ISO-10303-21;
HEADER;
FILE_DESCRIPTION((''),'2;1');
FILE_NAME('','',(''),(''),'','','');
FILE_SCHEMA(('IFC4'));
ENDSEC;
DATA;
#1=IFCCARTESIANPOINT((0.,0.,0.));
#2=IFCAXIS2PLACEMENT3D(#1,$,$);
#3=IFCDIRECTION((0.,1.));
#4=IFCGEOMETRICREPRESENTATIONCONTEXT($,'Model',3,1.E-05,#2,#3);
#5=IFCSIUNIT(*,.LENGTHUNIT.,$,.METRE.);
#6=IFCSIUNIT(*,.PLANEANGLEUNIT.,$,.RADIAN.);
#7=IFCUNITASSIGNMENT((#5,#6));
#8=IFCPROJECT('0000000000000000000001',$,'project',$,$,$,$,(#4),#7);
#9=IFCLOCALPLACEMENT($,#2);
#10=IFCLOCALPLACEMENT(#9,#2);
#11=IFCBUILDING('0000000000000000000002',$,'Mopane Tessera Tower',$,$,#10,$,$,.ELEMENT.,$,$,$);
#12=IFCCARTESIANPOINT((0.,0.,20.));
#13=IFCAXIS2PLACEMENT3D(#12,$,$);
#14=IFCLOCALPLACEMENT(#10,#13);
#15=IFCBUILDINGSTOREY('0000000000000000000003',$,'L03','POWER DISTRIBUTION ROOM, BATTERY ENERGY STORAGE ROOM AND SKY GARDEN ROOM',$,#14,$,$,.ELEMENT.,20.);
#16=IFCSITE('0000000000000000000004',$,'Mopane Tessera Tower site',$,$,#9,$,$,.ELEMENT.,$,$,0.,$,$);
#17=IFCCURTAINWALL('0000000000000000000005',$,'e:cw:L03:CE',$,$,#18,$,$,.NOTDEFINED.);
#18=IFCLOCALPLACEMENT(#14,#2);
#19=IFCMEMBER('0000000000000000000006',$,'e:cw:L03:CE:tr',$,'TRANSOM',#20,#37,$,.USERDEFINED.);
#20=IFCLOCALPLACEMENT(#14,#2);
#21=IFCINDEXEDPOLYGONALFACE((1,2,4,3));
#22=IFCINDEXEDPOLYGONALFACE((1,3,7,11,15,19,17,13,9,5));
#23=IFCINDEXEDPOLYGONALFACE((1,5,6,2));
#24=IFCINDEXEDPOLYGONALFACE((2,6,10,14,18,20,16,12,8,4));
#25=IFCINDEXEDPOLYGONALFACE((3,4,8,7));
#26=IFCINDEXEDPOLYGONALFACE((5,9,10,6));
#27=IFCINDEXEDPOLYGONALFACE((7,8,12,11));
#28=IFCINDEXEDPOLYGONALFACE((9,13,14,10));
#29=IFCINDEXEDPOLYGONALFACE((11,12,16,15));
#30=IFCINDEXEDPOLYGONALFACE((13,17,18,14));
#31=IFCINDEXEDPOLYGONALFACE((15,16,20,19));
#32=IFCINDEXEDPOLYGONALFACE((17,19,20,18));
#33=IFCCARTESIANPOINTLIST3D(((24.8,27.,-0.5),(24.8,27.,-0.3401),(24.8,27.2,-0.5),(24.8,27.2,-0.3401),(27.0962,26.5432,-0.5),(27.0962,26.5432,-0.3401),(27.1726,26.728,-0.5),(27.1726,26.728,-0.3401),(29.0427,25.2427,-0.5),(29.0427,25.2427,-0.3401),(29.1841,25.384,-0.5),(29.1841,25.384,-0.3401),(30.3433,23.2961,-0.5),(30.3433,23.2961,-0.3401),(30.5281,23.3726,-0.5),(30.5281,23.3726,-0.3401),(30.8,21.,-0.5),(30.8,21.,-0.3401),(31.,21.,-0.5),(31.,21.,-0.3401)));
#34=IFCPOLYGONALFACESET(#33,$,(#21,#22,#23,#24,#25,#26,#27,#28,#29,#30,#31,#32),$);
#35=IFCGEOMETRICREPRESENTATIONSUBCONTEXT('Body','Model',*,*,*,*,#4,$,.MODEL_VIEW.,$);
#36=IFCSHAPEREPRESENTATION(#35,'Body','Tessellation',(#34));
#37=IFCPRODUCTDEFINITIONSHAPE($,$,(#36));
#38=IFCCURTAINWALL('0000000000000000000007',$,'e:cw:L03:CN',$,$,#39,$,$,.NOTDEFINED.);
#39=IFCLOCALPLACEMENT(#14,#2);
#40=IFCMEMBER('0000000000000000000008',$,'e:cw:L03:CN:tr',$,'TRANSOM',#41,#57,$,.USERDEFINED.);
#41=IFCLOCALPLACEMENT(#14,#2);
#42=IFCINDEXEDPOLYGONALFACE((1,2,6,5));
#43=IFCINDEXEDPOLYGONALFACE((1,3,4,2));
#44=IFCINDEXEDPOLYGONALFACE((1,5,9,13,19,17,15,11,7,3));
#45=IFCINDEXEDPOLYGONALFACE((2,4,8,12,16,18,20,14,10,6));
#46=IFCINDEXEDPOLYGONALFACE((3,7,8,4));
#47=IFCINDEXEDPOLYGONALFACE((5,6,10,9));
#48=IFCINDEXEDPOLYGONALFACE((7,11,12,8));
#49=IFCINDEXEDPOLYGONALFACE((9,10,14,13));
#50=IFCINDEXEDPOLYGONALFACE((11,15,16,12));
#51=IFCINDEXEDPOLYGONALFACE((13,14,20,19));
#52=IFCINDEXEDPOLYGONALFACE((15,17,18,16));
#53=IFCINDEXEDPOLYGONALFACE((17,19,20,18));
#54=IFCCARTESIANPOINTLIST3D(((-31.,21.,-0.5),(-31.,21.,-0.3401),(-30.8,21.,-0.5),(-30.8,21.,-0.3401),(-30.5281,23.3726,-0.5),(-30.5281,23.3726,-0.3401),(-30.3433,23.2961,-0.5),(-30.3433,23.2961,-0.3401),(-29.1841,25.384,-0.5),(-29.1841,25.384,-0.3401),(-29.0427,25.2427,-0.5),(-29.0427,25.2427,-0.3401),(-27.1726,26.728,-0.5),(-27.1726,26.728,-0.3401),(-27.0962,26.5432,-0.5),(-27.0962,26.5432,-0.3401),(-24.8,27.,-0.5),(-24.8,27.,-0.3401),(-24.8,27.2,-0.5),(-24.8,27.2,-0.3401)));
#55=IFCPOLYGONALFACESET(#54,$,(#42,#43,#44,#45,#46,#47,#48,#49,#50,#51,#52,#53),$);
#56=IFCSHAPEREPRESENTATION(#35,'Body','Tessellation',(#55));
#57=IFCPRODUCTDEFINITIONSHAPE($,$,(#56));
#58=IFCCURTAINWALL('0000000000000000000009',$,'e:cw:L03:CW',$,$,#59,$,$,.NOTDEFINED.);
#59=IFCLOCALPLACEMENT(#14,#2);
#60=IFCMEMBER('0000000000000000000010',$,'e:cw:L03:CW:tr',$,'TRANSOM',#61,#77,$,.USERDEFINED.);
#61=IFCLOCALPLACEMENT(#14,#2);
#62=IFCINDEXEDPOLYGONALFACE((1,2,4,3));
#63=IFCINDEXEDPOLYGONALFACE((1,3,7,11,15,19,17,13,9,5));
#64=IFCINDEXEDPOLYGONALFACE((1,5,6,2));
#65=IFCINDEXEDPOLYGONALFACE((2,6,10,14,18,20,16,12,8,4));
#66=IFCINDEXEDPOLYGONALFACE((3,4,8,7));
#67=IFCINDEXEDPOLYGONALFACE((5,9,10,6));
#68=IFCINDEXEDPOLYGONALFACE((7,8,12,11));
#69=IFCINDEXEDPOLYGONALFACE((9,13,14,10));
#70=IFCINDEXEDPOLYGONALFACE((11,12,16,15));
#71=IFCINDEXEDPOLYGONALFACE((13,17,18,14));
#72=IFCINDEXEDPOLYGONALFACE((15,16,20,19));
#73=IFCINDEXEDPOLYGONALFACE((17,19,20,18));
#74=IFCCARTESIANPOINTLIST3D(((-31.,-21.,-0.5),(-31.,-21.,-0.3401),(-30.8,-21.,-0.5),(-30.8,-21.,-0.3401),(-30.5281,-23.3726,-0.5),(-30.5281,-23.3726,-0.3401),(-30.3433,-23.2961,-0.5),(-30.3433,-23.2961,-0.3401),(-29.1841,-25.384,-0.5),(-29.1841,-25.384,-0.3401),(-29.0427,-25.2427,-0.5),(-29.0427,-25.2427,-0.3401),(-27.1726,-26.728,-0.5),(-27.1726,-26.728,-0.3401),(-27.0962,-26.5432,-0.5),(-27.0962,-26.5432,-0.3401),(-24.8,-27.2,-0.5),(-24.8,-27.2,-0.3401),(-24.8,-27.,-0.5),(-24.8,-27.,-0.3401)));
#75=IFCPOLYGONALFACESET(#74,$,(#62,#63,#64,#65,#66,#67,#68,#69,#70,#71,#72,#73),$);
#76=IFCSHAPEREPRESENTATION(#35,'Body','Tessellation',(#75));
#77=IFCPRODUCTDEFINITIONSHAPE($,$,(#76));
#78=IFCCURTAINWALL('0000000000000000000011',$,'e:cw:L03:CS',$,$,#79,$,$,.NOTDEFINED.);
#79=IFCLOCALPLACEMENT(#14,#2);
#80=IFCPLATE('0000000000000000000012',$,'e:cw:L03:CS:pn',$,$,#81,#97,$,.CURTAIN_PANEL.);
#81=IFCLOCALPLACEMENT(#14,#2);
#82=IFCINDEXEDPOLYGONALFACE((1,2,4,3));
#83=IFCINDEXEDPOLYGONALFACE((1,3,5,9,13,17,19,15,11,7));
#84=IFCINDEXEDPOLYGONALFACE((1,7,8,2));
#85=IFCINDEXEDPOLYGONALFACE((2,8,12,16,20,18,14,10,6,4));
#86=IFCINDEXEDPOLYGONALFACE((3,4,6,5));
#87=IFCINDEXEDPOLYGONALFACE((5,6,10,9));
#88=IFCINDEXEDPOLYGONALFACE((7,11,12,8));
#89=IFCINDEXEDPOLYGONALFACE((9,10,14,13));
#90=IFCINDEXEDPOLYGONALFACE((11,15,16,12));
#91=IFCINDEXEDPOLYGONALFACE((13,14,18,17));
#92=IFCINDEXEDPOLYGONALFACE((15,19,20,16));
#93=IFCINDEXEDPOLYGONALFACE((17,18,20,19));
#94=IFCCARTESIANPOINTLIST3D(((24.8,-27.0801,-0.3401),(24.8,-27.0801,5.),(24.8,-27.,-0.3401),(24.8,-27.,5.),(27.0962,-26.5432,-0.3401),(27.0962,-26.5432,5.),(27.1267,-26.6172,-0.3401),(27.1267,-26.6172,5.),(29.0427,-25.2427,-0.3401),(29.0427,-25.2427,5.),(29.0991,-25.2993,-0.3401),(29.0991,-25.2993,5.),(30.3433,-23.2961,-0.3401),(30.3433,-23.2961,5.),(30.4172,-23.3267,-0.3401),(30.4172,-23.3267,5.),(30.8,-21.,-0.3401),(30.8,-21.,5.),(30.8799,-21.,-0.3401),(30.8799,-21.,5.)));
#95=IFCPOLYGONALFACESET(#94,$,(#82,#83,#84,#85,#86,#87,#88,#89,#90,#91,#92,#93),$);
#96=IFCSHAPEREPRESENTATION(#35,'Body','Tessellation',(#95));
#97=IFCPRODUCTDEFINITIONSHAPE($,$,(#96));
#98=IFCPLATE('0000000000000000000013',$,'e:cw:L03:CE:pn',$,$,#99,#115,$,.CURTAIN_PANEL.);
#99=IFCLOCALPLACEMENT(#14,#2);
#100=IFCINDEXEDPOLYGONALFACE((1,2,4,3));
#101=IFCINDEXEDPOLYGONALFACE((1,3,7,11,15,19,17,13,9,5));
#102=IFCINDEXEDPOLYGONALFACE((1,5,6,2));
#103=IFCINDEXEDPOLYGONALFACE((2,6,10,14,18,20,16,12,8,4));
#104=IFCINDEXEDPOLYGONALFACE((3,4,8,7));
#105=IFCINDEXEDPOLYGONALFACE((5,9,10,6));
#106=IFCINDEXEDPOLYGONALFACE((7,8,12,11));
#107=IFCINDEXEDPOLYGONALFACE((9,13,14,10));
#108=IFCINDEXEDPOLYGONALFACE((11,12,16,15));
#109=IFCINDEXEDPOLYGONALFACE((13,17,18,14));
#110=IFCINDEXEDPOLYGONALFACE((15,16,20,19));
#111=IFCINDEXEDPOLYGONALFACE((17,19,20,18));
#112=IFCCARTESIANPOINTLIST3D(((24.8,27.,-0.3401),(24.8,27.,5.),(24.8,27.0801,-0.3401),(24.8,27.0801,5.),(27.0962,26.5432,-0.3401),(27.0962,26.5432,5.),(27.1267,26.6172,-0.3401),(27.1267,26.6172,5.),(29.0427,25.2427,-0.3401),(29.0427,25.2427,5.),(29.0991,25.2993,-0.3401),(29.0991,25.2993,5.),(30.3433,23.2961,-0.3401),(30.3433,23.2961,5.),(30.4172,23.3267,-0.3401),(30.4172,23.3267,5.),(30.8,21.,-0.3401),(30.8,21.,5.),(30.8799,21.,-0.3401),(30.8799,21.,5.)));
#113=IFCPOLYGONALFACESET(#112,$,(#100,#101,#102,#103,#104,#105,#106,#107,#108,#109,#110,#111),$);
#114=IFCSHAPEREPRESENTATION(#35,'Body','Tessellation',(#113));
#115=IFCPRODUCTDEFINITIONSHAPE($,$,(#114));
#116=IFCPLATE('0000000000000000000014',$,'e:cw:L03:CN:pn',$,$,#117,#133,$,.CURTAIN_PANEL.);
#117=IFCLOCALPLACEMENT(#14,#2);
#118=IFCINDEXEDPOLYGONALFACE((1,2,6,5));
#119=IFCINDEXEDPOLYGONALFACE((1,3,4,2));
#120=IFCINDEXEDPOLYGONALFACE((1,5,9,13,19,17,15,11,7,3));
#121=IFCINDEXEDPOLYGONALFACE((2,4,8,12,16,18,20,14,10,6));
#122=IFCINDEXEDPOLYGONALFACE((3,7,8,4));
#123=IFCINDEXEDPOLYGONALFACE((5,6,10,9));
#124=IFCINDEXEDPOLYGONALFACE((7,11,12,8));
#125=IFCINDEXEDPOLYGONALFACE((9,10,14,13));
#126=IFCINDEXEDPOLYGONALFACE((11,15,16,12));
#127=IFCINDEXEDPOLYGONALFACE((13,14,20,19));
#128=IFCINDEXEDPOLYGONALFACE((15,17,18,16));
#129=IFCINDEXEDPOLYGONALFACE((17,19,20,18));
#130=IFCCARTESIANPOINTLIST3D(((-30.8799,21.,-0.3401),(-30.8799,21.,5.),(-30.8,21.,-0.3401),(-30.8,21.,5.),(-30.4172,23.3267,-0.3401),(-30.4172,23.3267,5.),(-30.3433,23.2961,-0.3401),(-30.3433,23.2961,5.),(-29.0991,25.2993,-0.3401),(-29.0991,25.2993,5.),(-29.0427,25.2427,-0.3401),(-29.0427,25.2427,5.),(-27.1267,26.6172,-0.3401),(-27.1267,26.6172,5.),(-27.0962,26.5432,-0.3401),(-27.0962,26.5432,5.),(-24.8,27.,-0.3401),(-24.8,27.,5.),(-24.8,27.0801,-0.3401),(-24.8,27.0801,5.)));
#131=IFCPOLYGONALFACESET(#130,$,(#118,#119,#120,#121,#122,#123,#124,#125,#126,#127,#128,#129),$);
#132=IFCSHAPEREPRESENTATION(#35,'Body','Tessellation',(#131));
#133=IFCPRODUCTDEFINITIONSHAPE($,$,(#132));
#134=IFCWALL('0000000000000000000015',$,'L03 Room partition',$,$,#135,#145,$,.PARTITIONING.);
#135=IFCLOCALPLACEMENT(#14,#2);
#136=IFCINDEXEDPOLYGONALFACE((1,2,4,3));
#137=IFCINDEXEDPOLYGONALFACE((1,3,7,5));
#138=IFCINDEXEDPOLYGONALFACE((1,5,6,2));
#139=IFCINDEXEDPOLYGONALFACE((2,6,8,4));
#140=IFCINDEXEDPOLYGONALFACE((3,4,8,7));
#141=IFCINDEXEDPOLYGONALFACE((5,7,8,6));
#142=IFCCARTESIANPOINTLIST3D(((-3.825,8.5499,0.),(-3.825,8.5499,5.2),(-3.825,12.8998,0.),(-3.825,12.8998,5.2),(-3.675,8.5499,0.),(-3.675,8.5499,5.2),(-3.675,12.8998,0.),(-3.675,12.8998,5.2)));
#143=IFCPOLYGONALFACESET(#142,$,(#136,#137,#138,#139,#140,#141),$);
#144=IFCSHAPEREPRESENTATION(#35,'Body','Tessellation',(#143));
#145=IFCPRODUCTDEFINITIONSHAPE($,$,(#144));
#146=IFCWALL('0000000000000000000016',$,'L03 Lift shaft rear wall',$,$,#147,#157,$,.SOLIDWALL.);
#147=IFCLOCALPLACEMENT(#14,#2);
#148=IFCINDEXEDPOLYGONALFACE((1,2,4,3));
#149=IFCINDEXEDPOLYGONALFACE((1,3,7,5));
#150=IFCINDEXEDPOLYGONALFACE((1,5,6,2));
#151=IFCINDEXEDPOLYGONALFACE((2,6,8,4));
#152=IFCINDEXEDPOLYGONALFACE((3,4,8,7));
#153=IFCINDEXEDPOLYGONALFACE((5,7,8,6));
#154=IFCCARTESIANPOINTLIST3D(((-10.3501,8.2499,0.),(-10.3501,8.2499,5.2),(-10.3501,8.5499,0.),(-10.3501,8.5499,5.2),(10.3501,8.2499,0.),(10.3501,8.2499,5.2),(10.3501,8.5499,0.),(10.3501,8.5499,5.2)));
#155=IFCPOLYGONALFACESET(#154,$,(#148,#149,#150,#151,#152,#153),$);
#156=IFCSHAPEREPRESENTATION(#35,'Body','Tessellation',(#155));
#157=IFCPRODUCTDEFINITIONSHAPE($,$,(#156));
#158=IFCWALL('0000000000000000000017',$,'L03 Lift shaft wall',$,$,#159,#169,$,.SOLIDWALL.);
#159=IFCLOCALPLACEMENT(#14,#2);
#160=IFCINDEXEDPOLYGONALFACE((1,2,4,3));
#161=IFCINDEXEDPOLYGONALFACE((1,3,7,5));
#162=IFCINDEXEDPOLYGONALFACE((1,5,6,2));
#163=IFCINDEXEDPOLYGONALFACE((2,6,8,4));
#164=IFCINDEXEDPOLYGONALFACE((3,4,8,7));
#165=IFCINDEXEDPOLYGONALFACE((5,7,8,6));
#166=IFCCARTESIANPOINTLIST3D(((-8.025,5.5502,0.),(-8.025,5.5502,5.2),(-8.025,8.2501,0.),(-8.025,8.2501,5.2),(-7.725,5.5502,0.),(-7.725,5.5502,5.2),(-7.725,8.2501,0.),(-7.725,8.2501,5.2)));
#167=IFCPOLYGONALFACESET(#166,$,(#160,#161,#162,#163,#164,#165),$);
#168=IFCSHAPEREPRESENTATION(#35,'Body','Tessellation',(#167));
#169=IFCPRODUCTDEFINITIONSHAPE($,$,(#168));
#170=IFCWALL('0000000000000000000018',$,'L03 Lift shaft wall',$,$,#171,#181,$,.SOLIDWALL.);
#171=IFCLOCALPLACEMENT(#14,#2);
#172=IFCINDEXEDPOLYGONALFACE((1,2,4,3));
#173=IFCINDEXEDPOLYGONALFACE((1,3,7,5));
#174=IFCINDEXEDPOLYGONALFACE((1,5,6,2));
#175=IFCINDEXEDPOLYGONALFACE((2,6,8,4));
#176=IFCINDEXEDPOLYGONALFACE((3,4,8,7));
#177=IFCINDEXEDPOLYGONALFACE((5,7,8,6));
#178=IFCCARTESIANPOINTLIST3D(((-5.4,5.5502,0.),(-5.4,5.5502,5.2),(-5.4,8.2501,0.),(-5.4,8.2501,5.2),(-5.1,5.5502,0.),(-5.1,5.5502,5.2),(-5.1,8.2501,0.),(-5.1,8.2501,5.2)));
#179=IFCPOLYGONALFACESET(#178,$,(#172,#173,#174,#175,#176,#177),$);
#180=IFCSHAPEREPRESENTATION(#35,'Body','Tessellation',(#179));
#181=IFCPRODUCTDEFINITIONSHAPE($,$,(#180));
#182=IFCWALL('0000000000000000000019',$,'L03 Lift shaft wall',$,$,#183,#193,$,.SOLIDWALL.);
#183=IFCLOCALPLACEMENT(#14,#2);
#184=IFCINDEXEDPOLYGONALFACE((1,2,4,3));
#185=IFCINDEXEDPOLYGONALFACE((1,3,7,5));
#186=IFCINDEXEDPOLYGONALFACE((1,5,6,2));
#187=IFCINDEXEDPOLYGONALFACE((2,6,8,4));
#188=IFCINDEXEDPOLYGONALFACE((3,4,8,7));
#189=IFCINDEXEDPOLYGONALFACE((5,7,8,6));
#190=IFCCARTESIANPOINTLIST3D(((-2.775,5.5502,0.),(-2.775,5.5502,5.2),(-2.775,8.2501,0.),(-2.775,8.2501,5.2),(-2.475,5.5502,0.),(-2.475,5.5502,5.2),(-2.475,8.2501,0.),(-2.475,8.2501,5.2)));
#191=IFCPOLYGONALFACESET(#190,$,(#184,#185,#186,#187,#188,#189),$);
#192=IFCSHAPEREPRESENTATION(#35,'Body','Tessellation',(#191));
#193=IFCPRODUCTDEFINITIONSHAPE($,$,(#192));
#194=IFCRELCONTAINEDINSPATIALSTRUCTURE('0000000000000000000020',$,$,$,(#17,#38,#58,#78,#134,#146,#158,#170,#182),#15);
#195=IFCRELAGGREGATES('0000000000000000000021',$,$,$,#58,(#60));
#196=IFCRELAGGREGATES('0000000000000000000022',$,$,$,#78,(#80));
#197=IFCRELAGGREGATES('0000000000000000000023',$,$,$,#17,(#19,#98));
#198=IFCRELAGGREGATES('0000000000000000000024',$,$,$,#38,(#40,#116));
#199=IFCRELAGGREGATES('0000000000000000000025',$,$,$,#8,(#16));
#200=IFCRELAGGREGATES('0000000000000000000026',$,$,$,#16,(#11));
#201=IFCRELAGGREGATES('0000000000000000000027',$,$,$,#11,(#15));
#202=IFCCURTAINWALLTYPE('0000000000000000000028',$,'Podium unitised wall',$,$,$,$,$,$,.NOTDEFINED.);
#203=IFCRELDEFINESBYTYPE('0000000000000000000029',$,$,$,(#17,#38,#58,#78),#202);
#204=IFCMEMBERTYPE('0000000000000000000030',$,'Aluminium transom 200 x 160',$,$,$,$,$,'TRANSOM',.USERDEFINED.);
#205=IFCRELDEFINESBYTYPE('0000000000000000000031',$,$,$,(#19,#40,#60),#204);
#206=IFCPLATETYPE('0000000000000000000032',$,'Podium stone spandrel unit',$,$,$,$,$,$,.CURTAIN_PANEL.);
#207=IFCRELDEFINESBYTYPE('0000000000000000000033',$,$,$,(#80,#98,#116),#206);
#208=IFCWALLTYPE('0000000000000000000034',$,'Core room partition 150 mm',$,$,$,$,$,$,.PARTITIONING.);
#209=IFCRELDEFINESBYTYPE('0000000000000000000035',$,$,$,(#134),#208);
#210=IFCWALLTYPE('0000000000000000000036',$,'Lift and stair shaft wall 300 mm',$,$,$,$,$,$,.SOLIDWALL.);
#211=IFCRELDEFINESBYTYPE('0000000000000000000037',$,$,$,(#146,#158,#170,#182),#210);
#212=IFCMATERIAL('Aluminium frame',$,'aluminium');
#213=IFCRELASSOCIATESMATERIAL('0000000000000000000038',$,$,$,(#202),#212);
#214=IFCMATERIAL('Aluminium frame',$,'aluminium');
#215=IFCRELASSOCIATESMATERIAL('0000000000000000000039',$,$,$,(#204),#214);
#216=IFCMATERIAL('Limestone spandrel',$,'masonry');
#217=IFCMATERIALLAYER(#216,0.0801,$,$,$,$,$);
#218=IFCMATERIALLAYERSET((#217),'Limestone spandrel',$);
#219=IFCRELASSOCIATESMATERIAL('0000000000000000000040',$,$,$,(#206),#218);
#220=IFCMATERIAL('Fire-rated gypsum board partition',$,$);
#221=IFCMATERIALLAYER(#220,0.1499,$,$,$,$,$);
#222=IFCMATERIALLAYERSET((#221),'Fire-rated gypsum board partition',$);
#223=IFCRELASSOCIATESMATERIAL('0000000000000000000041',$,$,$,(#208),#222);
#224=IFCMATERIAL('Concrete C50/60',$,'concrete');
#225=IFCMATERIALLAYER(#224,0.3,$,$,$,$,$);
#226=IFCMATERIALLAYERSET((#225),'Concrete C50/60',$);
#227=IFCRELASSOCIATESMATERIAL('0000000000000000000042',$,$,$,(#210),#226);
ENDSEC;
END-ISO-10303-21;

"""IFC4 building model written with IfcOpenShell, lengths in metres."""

from ifc_helpers import new_model, si_unit, direction, frame, frame_2d, origin, origin_2d, place, context, subcontext, project, spatial, polyline, rectangle, outline, extrude, material, layer, layer_set, material_profile, profile_set, type_object, element, aggregate, save


model = new_model("IFC4")

# Units and contexts
model_context = context("Model", 3, precision=1e-05, world=origin(), true_north=direction((0.0, 1.0)))
body_context = subcontext(model_context, "Body", "Model", "MODEL_VIEW")
ifc_project = project(units=[si_unit("LENGTHUNIT", "METRE"), si_unit("PLANEANGLEUNIT", "RADIAN")], contexts=[model_context])

# Site, building, storey
site_placement = place(None, origin())
site = spatial("IfcSite", under=ifc_project, at=site_placement, Name="Mopane Tessera Tower site", CompositionType="ELEMENT", RefElevation=0.0)
building_placement = place(site_placement, origin())
building = spatial("IfcBuilding", under=site, at=building_placement, Name="Mopane Tessera Tower", CompositionType="ELEMENT")
storey_placement = place(building_placement, frame((0.0, 0.0, 20.0)))
storey = spatial("IfcBuildingStorey", under=building, at=storey_placement, Name="L03", Description="POWER DISTRIBUTION ROOM, BATTERY ENERGY STORAGE ROOM AND SKY GARDEN ROOM", CompositionType="ELEMENT", Elevation=20.0)

# Curtain walls, members
ifc_material_1 = material(Name="Aluminium frame", Category="aluminium")
curtain_wall_type = type_object("IfcCurtainWallType", Name="Podium unitised wall", PredefinedType="NOTDEFINED", material=ifc_material_1)
curtain_wall_1_placement = place(storey_placement, origin())
curtain_wall_1 = element("IfcCurtainWall", 1, at=curtain_wall_1_placement, inside=storey, type_object=curtain_wall_type, Name="e:cw:L03:CE", PredefinedType="NOTDEFINED")
ifc_material_2 = material(Name="Aluminium frame", Category="aluminium")
ifc_material_profile = material_profile(ifc_material_2, rectangle(XDim=0.2, YDim=0.1599, at=origin_2d()))
ifc_profile_set = profile_set([ifc_material_profile], Name="Aluminium frame")
member_type = type_object("IfcMemberType", Name="Aluminium transom 200 x 160", ElementType="TRANSOM", PredefinedType="USERDEFINED", material=ifc_profile_set)
member_1_placement = place(storey_placement, frame((0.0, 0.0, -0.5)))
member_1 = element("IfcMember", 2, at=member_1_placement, type_object=member_type, Name="e:cw:L03:CE:tr", ObjectType="TRANSOM", PredefinedType="USERDEFINED", context=body_context, shape_type="SweptSolid", body=[
    extrude(outline(polyline([(30.8, 21.0), (30.3433, 23.2961), (29.0427, 25.2427), (27.0962, 26.5432), (24.8, 27.0), (24.8, 27.2), (27.1726, 26.728), (29.1841, 25.384), (30.5281, 23.3726), (31.0, 21.0), (30.8, 21.0)])), origin(), (0.0, 0.0, 1.0), 0.1599),
])
curtain_wall_2_placement = place(storey_placement, origin())
curtain_wall_2 = element("IfcCurtainWall", 3, at=curtain_wall_2_placement, inside=storey, type_object=curtain_wall_type, Name="e:cw:L03:CN", PredefinedType="NOTDEFINED")
member_2_placement = place(storey_placement, frame((0.0, 0.0, -0.5)))
member_2 = element("IfcMember", 4, at=member_2_placement, type_object=member_type, Name="e:cw:L03:CN:tr", ObjectType="TRANSOM", PredefinedType="USERDEFINED", context=body_context, shape_type="SweptSolid", body=[
    extrude(outline(polyline([(-24.8, 27.0), (-27.0962, 26.5432), (-29.0427, 25.2427), (-30.3433, 23.2961), (-30.8, 21.0), (-31.0, 21.0), (-30.5281, 23.3726), (-29.1841, 25.384), (-27.1726, 26.728), (-24.8, 27.2), (-24.8, 27.0)])), origin(), (0.0, 0.0, 1.0), 0.1599),
])
curtain_wall_3_placement = place(storey_placement, origin())
curtain_wall_3 = element("IfcCurtainWall", 5, at=curtain_wall_3_placement, inside=storey, type_object=curtain_wall_type, Name="e:cw:L03:CW", PredefinedType="NOTDEFINED")
member_3_placement = place(storey_placement, frame((0.0, 0.0, -0.5)))
member_3 = element("IfcMember", 6, at=member_3_placement, type_object=member_type, Name="e:cw:L03:CW:tr", ObjectType="TRANSOM", PredefinedType="USERDEFINED", context=body_context, shape_type="SweptSolid", body=[
    extrude(outline(polyline([(-30.8, -21.0), (-30.3433, -23.2961), (-29.0427, -25.2427), (-27.0962, -26.5432), (-24.8, -27.0), (-24.8, -27.2), (-27.1726, -26.728), (-29.1841, -25.384), (-30.5281, -23.3726), (-31.0, -21.0), (-30.8, -21.0)])), origin(), (0.0, 0.0, 1.0), 0.1599),
])
aggregate(curtain_wall_3, [member_3])

# Curtain wall, plate
curtain_wall_4_placement = place(storey_placement, origin())
curtain_wall_4 = element("IfcCurtainWall", 7, at=curtain_wall_4_placement, inside=storey, type_object=curtain_wall_type, Name="e:cw:L03:CS", PredefinedType="NOTDEFINED")
ifc_material_3 = material(Name="Limestone spandrel", Category="masonry")
ifc_layer_1 = layer(ifc_material_3, 0.0801)
ifc_layer_set_1 = layer_set([ifc_layer_1], Name="Limestone spandrel")
plate_type = type_object("IfcPlateType", Name="Podium stone spandrel unit", PredefinedType="CURTAIN_PANEL", material=ifc_layer_set_1)
plate_1_placement = place(storey_placement, frame((0.0, 0.0, -0.3401)))
plate_1 = element("IfcPlate", 8, at=plate_1_placement, type_object=plate_type, Name="e:cw:L03:CS:pn", PredefinedType="CURTAIN_PANEL", context=body_context, shape_type="SweptSolid", body=[
    extrude(outline(polyline([(24.8, -27.0), (27.0962, -26.5432), (29.0427, -25.2427), (30.3433, -23.2961), (30.8, -21.0), (30.8799, -21.0), (30.4172, -23.3267), (29.0991, -25.2993), (27.1267, -26.6172), (24.8, -27.0801), (24.8, -27.0)])), origin(), (0.0, 0.0, 1.0), 5.3401),
])
aggregate(curtain_wall_4, [plate_1])

# Plates
plate_2_placement = place(storey_placement, frame((0.0, 0.0, -0.3401)))
plate_2 = element("IfcPlate", 9, at=plate_2_placement, type_object=plate_type, Name="e:cw:L03:CE:pn", PredefinedType="CURTAIN_PANEL", context=body_context, shape_type="SweptSolid", body=[
    extrude(outline(polyline([(30.8, 21.0), (30.3433, 23.2961), (29.0427, 25.2427), (27.0962, 26.5432), (24.8, 27.0), (24.8, 27.0801), (27.1267, 26.6172), (29.0991, 25.2993), (30.4172, 23.3267), (30.8799, 21.0), (30.8, 21.0)])), origin(), (0.0, 0.0, 1.0), 5.3401),
])
aggregate(curtain_wall_1, [member_1, plate_2])
plate_3_placement = place(storey_placement, frame((0.0, 0.0, -0.3401)))
plate_3 = element("IfcPlate", 10, at=plate_3_placement, type_object=plate_type, Name="e:cw:L03:CN:pn", PredefinedType="CURTAIN_PANEL", context=body_context, shape_type="SweptSolid", body=[
    extrude(outline(polyline([(-24.8, 27.0), (-27.0962, 26.5432), (-29.0427, 25.2427), (-30.3433, 23.2961), (-30.8, 21.0), (-30.8799, 21.0), (-30.4172, 23.3267), (-29.0991, 25.2993), (-27.1267, 26.6172), (-24.8, 27.0801), (-24.8, 27.0)])), origin(), (0.0, 0.0, 1.0), 5.3401),
])
aggregate(curtain_wall_2, [member_2, plate_3])

# Walls
ifc_material_4 = material(Name="Fire-rated gypsum board partition")
ifc_layer_2 = layer(ifc_material_4, 0.1499)
ifc_layer_set_2 = layer_set([ifc_layer_2], Name="Fire-rated gypsum board partition")
wall_type_1 = type_object("IfcWallType", Name="Core room partition 150 mm", PredefinedType="PARTITIONING", material=ifc_layer_set_2)
wall_1_placement = place(storey_placement, frame((-3.75, 8.55, 0.0), z_axis=(0.0, 0.0, 1.0), x_axis=(0.0, 1.0, 0.0)))
element("IfcWall", 11, at=wall_1_placement, inside=storey, type_object=wall_type_1, Name="L03 Room partition", PredefinedType="PARTITIONING", context=body_context, shape_type="SweptSolid", body=[
    extrude(rectangle(XDim=4.3499, YDim=0.1499, at=frame_2d((2.1748, 0.0))), origin(), (0.0, 0.0, 1.0), 5.2),
])
ifc_material_5 = material(Name="Concrete C50/60", Category="concrete")
ifc_layer_3 = layer(ifc_material_5, 0.3)
ifc_layer_set_3 = layer_set([ifc_layer_3], Name="Concrete C50/60")
wall_type_2 = type_object("IfcWallType", Name="Lift and stair shaft wall 300 mm", PredefinedType="SOLIDWALL", material=ifc_layer_set_3)
wall_2_placement = place(storey_placement, frame((-10.3501, 8.3999, 0.0), z_axis=(0.0, 0.0, 1.0), x_axis=(1.0, 0.0, 0.0)))
element("IfcWall", 12, at=wall_2_placement, inside=storey, type_object=wall_type_2, Name="L03 Lift shaft rear wall", PredefinedType="SOLIDWALL", context=body_context, shape_type="SweptSolid", body=[
    extrude(rectangle(XDim=20.7002, YDim=0.3, at=frame_2d((10.3501, 0.0))), origin(), (0.0, 0.0, 1.0), 5.2),
])
for number, where, z_axis, x_axis, name in (
    (13, (-7.875, 5.55, 0.0), (0.0, 0.0, 1.0), (0.0, 1.0, 0.0), "L03 Lift shaft wall"),
    (14, (-5.25, 5.55, 0.0), (0.0, 0.0, 1.0), (0.0, 1.0, 0.0), "L03 Lift shaft wall"),
    (15, (-2.625, 5.55, 0.0), (0.0, 0.0, 1.0), (0.0, 1.0, 0.0), "L03 Lift shaft wall"),
):
    element("IfcWall", number, at=place(storey_placement, frame(where, z_axis=z_axis, x_axis=x_axis)), inside=storey, type_object=wall_type_2, Name=name, PredefinedType="SOLIDWALL", context=body_context, shape_type="SweptSolid", body=[
        extrude(rectangle(XDim=2.7, YDim=0.3, at=frame_2d((1.3501, 0.0))), origin(), (0.0, 0.0, 1.0), 5.2),
    ])

save(model, "model.ifc")
